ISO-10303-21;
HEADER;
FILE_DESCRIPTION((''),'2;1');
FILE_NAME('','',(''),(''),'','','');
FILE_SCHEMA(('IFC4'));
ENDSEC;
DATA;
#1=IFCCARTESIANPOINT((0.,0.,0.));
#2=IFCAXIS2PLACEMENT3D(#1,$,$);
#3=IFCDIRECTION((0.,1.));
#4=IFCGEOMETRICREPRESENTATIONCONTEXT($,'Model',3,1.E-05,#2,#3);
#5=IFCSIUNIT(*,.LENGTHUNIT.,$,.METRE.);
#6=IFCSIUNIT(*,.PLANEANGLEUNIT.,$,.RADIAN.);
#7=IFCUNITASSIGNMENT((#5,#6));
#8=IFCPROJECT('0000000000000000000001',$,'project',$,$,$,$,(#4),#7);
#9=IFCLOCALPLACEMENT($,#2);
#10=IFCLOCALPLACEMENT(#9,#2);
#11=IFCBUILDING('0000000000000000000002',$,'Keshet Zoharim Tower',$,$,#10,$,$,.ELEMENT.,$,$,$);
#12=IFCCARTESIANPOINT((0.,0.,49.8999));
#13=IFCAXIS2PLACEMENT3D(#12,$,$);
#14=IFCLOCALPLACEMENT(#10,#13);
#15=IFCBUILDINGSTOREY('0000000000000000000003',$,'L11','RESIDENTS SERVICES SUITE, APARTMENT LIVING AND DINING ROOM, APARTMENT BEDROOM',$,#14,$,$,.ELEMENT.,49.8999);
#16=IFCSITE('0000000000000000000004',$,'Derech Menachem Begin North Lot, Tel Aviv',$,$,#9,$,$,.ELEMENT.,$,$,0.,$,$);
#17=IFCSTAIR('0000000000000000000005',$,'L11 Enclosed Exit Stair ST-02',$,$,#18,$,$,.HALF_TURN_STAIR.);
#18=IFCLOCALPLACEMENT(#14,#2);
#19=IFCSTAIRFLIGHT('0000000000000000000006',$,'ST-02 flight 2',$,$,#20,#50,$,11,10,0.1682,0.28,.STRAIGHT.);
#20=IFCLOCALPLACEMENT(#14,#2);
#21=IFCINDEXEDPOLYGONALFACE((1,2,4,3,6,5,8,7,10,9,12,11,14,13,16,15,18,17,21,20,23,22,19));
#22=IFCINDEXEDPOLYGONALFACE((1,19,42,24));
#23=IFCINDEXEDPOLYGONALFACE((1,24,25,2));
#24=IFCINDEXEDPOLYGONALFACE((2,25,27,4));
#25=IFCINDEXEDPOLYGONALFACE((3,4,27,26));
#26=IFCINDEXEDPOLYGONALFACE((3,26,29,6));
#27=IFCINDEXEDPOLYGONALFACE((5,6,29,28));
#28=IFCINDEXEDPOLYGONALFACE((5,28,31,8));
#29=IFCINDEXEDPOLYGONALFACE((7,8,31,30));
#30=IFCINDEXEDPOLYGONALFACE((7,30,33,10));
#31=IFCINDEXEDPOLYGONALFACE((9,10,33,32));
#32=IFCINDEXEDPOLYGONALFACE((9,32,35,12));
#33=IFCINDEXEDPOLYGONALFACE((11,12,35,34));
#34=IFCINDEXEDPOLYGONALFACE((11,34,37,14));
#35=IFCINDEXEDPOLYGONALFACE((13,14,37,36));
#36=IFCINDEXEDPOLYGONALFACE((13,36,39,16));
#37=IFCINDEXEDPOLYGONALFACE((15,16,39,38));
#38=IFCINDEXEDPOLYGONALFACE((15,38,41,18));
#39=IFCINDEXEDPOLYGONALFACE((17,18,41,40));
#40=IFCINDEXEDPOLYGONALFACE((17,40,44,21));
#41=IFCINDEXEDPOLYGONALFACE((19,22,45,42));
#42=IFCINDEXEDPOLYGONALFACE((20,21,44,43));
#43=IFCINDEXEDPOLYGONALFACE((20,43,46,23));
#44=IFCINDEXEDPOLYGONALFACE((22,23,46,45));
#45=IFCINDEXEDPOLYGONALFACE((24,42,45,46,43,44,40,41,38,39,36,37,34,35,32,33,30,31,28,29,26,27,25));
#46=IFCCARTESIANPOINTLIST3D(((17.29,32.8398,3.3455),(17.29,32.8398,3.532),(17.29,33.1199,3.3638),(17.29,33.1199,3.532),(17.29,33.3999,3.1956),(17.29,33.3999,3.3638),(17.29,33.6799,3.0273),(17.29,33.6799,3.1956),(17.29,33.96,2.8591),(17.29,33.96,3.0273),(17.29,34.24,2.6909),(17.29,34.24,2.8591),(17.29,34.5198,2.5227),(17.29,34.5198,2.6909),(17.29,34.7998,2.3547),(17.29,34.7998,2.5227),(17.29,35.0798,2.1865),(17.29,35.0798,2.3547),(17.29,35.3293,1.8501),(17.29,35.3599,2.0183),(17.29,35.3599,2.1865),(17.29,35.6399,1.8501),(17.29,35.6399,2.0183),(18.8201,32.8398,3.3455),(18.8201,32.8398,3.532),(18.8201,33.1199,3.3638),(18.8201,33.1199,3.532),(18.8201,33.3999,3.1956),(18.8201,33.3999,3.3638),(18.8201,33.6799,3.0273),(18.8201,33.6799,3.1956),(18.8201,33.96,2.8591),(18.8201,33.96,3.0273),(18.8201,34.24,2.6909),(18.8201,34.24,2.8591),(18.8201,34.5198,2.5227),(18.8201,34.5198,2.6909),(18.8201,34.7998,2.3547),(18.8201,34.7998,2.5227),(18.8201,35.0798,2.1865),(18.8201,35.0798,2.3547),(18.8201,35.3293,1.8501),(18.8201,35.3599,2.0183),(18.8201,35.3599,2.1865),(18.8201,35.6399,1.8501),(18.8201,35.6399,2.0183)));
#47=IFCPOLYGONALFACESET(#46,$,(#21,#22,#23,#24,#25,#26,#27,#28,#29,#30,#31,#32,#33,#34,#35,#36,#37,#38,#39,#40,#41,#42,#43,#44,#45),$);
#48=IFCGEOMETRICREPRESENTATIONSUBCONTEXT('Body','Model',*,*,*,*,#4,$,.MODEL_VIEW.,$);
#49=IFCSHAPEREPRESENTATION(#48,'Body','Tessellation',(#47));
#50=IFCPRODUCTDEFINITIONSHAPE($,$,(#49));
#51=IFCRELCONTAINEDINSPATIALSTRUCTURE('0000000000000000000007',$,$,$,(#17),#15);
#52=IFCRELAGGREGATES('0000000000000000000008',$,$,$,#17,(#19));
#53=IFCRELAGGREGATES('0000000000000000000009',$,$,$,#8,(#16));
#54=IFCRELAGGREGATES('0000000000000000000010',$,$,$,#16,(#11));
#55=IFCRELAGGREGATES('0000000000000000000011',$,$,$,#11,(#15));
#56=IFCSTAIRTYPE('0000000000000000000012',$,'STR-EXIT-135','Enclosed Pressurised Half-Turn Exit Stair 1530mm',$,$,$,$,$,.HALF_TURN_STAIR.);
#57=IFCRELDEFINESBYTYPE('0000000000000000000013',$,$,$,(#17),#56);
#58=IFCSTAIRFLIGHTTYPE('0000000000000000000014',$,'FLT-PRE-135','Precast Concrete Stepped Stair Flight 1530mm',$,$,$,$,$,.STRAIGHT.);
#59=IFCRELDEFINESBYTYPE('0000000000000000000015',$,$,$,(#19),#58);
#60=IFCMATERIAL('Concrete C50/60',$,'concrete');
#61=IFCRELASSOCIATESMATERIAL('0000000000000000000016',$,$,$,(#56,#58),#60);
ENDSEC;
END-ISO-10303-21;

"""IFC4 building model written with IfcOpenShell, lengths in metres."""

from ifc_helpers import new_model, si_unit, direction, frame, origin, place, context, subcontext, project, spatial, polyline, outline, extrude, material, type_object, element, aggregate, save


model = new_model("IFC4")

# Units and contexts
model_context = context("Model", 3, precision=1e-05, world=origin(), true_north=direction((0.0, 1.0)))
body_context = subcontext(model_context, "Body", "Model", "MODEL_VIEW")
ifc_project = project(units=[si_unit("LENGTHUNIT", "METRE"), si_unit("PLANEANGLEUNIT", "RADIAN")], contexts=[model_context])

# Site, building, storey
site_placement = place(None, origin())
site = spatial("IfcSite", under=ifc_project, at=site_placement, Name="Derech Menachem Begin North Lot, Tel Aviv", CompositionType="ELEMENT", RefElevation=0.0)
building_placement = place(site_placement, origin())
building = spatial("IfcBuilding", under=site, at=building_placement, Name="Keshet Zoharim Tower", CompositionType="ELEMENT")
storey_placement = place(building_placement, frame((0.0, 0.0, 49.8999)))
storey = spatial("IfcBuildingStorey", under=building, at=storey_placement, Name="L11", Description="RESIDENTS SERVICES SUITE, APARTMENT LIVING AND DINING ROOM, APARTMENT BEDROOM", CompositionType="ELEMENT", Elevation=49.8999)

# Stair, stair flight
ifc_material_1 = material(Name="Concrete C50/60", Category="concrete")
stair_type = type_object("IfcStairType", Name="STR-EXIT-135", Description="Enclosed Pressurised Half-Turn Exit Stair 1530mm", PredefinedType="HALF_TURN_STAIR", material=ifc_material_1)
stair_placement = place(storey_placement, origin())
stair = element("IfcStair", 1, at=stair_placement, inside=storey, type_object=stair_type, Name="L11 Enclosed Exit Stair ST-02", PredefinedType="HALF_TURN_STAIR")
stair_flight_type = type_object("IfcStairFlightType", Name="FLT-PRE-135", Description="Precast Concrete Stepped Stair Flight 1530mm", PredefinedType="STRAIGHT", material=ifc_material_1)
stair_flight_1_placement = place(storey_placement, frame((18.0549, 35.6399, 1.8501), z_axis=(0.0, 0.0, 1.0), x_axis=(0.0, -1.0, 0.0)))
stair_flight_1 = element("IfcStairFlight", 2, at=stair_flight_1_placement, type_object=stair_flight_type, Name="ST-02 flight 2", NumberOfRisers=11, NumberOfTreads=10, PredefinedType="STRAIGHT", RiserHeight=0.1682, TreadLength=0.28, context=body_context, shape_type="SweptSolid", body=[
    extrude(outline(polyline([(0.0, 0.0), (0.0, 0.1682), (0.28, 0.1682), (0.28, 0.3364), (0.5601, 0.3364), (0.5601, 0.5046), (0.8401, 0.5046), (0.8401, 0.6726), (1.1201, 0.6726), (1.1201, 0.8408), (1.3999, 0.8408), (1.3999, 1.009), (1.6799, 1.009), (1.6799, 1.1772), (1.96, 1.1772), (1.96, 1.3455), (2.24, 1.3455), (2.24, 1.5137), (2.52, 1.5137), (2.52, 1.6819), (2.8, 1.6819), (2.8, 1.8501), (2.8, 1.4954), (0.3105, 0.0), (0.0, 0.0)])), frame((0.0, 0.7651, 0.0), z_axis=(0.0, -1.0, 0.0), x_axis=(1.0, 0.0, 0.0)), (0.0, 0.0, 1.0), 1.53),
])
aggregate(stair, [stair_flight_1])

save(model, "model.ifc")
